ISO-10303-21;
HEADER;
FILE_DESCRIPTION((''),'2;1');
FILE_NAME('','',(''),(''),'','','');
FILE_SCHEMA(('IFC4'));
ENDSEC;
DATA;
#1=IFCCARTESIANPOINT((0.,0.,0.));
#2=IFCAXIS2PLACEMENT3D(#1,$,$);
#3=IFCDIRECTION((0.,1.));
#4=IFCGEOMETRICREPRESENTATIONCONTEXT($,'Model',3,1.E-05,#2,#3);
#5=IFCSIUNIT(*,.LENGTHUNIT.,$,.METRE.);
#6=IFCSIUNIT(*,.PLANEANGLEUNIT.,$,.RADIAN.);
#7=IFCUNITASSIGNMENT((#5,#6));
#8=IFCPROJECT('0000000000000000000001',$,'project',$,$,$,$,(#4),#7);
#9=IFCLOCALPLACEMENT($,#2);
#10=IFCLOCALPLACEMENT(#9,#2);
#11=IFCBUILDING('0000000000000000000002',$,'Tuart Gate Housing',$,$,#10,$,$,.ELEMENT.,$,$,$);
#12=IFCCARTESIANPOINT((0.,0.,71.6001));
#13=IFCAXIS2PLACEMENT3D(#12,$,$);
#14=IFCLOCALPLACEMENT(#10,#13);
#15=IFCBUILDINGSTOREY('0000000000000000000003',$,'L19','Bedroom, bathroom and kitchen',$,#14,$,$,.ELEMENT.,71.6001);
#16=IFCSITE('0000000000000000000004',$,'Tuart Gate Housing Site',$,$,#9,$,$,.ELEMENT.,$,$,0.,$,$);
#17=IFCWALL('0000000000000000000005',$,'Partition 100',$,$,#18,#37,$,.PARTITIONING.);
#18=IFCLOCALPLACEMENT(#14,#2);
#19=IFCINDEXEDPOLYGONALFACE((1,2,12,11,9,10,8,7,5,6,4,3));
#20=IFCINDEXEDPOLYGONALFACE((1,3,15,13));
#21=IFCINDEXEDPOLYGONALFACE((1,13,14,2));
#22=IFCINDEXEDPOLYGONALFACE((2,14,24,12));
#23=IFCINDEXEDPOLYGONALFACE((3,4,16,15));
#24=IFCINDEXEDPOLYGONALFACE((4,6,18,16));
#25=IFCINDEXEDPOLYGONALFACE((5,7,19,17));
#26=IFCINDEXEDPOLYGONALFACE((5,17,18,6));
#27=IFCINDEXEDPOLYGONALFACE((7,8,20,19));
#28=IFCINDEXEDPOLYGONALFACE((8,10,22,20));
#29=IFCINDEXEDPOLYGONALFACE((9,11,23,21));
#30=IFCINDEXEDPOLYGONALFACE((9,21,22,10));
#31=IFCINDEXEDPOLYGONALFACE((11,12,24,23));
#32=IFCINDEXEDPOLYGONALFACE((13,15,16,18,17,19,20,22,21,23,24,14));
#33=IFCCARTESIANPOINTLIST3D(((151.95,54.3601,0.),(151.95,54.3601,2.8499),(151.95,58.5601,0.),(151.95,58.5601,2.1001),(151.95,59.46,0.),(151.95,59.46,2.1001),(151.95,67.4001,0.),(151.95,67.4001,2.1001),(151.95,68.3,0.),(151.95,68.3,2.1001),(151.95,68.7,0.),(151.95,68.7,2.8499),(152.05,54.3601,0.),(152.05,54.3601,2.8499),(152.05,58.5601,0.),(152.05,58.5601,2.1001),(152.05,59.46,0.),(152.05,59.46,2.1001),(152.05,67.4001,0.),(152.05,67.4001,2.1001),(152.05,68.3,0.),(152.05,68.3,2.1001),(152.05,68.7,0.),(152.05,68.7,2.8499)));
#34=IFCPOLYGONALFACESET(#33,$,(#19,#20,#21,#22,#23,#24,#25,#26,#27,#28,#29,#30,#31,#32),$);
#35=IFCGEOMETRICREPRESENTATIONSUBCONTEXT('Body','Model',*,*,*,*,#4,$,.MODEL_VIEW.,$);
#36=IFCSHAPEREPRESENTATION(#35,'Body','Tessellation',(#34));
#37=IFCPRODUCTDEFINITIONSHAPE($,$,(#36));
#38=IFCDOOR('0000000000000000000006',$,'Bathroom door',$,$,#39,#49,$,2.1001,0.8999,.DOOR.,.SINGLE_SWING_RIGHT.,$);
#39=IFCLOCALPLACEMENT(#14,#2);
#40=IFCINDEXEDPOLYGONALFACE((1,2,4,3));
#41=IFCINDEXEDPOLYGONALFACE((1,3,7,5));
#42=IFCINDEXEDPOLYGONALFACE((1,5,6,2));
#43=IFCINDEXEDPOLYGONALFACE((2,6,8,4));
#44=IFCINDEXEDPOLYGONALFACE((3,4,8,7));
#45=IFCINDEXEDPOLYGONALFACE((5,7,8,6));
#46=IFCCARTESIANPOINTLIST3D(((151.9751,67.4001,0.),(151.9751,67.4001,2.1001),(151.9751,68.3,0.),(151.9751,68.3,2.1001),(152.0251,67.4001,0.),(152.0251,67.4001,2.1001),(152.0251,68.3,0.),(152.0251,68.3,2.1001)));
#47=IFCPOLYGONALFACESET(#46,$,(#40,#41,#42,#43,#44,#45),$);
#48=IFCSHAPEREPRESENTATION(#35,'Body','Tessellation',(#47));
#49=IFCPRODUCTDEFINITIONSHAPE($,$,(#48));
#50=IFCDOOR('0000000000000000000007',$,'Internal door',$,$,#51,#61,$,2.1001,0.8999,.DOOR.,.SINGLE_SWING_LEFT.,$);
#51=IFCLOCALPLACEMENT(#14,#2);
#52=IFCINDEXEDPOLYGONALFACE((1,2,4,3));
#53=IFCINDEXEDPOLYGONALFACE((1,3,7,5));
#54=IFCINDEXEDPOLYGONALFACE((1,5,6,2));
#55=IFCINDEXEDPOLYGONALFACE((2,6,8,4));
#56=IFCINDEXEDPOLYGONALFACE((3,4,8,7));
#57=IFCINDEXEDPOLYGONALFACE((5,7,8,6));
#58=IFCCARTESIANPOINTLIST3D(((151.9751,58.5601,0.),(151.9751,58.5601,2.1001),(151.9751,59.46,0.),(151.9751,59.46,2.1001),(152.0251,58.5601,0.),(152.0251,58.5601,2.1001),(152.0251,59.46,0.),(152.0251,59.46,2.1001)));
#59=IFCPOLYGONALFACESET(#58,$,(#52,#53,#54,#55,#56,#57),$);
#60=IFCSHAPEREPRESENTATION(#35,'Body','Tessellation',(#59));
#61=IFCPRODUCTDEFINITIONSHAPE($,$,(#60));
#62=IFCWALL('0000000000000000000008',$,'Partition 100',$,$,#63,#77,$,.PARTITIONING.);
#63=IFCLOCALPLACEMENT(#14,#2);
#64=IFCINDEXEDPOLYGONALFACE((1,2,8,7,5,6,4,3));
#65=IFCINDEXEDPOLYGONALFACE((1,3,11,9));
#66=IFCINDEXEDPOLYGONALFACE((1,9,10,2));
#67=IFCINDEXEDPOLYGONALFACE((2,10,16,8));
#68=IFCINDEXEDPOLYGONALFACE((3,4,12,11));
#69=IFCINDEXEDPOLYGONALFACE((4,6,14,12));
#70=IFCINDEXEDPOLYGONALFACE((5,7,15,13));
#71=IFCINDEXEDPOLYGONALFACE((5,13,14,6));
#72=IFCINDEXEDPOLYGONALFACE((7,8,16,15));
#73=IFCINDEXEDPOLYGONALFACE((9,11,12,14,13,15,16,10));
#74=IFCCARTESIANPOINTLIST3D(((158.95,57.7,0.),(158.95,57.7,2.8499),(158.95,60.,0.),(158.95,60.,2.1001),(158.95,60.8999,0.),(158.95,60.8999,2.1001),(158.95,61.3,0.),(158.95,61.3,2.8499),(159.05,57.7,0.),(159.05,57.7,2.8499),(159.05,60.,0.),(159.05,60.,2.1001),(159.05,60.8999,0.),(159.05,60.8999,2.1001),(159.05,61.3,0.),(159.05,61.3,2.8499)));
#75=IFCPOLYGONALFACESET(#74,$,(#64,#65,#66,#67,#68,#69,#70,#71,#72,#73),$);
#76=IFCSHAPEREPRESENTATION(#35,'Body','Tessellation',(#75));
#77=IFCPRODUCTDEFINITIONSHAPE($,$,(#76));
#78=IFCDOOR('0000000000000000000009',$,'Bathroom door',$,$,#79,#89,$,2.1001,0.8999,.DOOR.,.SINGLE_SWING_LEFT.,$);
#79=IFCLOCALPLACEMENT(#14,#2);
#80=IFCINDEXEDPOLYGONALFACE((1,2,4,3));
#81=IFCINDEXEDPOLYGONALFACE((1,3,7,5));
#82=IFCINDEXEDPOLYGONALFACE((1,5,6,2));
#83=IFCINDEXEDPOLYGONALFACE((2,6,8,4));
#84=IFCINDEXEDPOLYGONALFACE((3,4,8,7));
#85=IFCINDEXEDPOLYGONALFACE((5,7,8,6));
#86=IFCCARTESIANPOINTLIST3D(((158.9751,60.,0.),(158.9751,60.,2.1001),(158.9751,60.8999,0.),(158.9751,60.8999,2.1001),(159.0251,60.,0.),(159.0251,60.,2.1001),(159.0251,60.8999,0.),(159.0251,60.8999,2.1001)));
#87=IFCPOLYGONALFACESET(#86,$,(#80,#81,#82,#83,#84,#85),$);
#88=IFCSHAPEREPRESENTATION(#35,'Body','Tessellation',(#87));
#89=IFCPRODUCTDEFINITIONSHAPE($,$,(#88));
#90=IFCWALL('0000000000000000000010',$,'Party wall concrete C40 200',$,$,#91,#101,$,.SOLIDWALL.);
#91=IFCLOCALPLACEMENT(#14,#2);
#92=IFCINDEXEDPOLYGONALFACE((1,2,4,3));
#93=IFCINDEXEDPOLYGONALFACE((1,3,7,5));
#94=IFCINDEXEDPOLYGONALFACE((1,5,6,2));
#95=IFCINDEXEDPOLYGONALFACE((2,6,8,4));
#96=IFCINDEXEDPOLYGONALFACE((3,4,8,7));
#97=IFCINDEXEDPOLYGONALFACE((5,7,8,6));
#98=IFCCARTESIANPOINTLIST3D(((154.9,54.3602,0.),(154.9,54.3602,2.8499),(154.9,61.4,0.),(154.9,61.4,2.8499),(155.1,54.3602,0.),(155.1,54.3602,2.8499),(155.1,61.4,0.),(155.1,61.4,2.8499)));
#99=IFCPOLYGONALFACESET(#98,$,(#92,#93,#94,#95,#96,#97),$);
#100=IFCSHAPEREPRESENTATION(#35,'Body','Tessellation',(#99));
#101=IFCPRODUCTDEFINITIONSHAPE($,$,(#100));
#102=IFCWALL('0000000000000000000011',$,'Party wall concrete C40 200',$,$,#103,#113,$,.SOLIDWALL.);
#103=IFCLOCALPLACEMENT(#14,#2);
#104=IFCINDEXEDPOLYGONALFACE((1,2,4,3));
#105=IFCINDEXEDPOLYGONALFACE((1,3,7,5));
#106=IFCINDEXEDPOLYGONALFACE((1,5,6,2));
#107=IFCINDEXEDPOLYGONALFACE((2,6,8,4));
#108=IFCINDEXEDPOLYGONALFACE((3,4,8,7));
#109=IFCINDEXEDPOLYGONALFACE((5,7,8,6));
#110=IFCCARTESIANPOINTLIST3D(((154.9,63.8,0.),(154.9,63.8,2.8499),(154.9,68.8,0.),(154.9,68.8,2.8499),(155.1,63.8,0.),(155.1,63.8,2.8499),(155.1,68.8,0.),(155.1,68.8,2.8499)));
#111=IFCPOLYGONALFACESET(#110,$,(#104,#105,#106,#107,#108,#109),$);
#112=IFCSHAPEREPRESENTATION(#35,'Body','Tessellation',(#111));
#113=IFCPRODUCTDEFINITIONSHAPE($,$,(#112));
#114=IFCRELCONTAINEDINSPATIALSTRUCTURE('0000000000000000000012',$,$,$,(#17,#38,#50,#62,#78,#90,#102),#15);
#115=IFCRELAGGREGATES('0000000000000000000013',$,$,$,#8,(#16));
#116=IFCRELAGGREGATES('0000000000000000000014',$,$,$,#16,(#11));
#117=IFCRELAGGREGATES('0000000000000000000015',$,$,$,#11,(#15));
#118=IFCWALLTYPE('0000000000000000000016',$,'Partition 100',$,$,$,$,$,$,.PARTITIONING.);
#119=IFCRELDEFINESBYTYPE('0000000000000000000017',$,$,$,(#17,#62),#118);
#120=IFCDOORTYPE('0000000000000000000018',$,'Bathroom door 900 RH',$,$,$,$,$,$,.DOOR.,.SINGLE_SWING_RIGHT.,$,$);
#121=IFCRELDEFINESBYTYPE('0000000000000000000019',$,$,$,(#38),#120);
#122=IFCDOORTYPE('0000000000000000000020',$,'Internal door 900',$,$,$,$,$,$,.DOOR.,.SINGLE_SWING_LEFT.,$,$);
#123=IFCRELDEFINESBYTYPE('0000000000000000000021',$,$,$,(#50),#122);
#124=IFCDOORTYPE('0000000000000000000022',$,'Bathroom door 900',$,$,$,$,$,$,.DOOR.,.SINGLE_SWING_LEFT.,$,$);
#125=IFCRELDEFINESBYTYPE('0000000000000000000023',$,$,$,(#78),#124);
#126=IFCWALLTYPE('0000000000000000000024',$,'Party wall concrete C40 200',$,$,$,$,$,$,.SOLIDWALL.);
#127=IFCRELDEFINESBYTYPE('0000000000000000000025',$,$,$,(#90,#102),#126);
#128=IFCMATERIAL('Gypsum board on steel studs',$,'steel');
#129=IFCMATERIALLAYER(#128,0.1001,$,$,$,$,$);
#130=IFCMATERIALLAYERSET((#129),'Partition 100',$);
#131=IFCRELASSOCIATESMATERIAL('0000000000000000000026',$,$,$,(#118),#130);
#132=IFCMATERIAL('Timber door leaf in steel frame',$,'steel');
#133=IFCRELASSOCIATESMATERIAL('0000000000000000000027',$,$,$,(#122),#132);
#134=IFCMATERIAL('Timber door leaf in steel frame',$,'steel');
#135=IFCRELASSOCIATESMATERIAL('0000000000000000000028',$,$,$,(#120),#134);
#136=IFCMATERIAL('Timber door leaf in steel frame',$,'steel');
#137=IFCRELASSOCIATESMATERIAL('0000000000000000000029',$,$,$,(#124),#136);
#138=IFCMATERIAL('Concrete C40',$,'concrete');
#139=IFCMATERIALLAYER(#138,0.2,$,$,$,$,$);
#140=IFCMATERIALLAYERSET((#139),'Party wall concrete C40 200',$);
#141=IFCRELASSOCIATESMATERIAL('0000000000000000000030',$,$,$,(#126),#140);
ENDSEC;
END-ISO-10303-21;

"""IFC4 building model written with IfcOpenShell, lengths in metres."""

from ifc_helpers import new_model, si_unit, direction, frame, frame_2d, origin, place, context, subcontext, project, spatial, rectangle, extrude, material, layer, layer_set, type_object, element, fill, save


model = new_model("IFC4")

# Units and contexts
model_context = context("Model", 3, precision=1e-05, world=origin(), true_north=direction((0.0, 1.0)))
body_context = subcontext(model_context, "Body", "Model", "MODEL_VIEW")
ifc_project = project(units=[si_unit("LENGTHUNIT", "METRE"), si_unit("PLANEANGLEUNIT", "RADIAN")], contexts=[model_context])

# Site, building, storey
site_placement = place(None, origin())
site = spatial("IfcSite", under=ifc_project, at=site_placement, Name="Tuart Gate Housing Site", CompositionType="ELEMENT", RefElevation=0.0)
building_placement = place(site_placement, origin())
building = spatial("IfcBuilding", under=site, at=building_placement, Name="Tuart Gate Housing", CompositionType="ELEMENT")
storey_placement = place(building_placement, frame((0.0, 0.0, 71.6001)))
storey = spatial("IfcBuildingStorey", under=building, at=storey_placement, Name="L19", Description="Bedroom, bathroom and kitchen", CompositionType="ELEMENT", Elevation=71.6001)

# Shared definitions
ifc_material_1 = material(Name="Gypsum board on steel studs", Category="steel")
ifc_layer_1 = layer(ifc_material_1, 0.1001)
ifc_layer_set_1 = layer_set([ifc_layer_1], Name="Partition 100")
wall_type_1 = type_object("IfcWallType", Name="Partition 100", PredefinedType="PARTITIONING", material=ifc_layer_set_1)

# Shared definitions
ifc_material_2 = material(Name="Timber door leaf in steel frame", Category="steel")
door_type_1 = type_object("IfcDoorType", Name="Internal door 900", OperationType="SINGLE_SWING_LEFT", PredefinedType="DOOR", material=ifc_material_2)

# Wall, openings, doors
wall_1_placement = place(storey_placement, frame((152.0, 54.3601, 0.0), z_axis=(0.0, 0.0, 1.0), x_axis=(0.0, 1.0, 0.0)))
wall_1 = element("IfcWall", 1, at=wall_1_placement, inside=storey, type_object=wall_type_1, Name="Partition 100", PredefinedType="PARTITIONING", context=body_context, shape_type="SweptSolid", body=[
    extrude(rectangle(XDim=14.3398, YDim=0.1001, at=frame_2d((7.1699, 0.0))), origin(), (0.0, 0.0, 1.0), 2.8499),
])
opening_1_placement = place(wall_1_placement, frame((4.2, 0.0, 0.0)))
opening_1 = element("IfcOpeningElement", 2, at=opening_1_placement, cuts=wall_1, PredefinedType="OPENING", context=body_context, shape_type="SweptSolid", body=[
    extrude(rectangle(XDim=0.8999, YDim=2.1001, at=frame_2d((0.45, 1.05))), frame((0.0, 0.0601, 0.0), z_axis=(0.0, -1.0, 0.0), x_axis=(1.0, 0.0, 0.0)), (0.0, 0.0, 1.0), 0.1201),
])
opening_2_placement = place(wall_1_placement, frame((13.04, 0.0, 0.0)))
opening_2 = element("IfcOpeningElement", 3, at=opening_2_placement, cuts=wall_1, PredefinedType="OPENING", context=body_context, shape_type="SweptSolid", body=[
    extrude(rectangle(XDim=0.8999, YDim=2.1001, at=frame_2d((0.45, 1.05))), frame((0.0, 0.0601, 0.0), z_axis=(0.0, -1.0, 0.0), x_axis=(1.0, 0.0, 0.0)), (0.0, 0.0, 1.0), 0.1201),
])
ifc_material_3 = material(Name="Timber door leaf in steel frame", Category="steel")
door_type_2 = type_object("IfcDoorType", Name="Bathroom door 900 RH", OperationType="SINGLE_SWING_RIGHT", PredefinedType="DOOR", material=ifc_material_3)
door_1_placement = place(opening_2_placement, origin())
door_1 = element("IfcDoor", 4, at=door_1_placement, inside=storey, type_object=door_type_2, Name="Bathroom door", OperationType="SINGLE_SWING_RIGHT", OverallHeight=2.1001, OverallWidth=0.8999, PredefinedType="DOOR", context=body_context, shape_type="SweptSolid", body=[
    extrude(rectangle(XDim=0.8999, YDim=2.1001, at=frame_2d((0.45, 1.05))), frame((0.0, 0.0249, 0.0), z_axis=(0.0, -1.0, 0.0), x_axis=(1.0, 0.0, 0.0)), (0.0, 0.0, 1.0), 0.05),
])
fill(opening_2, door_1)
door_2_placement = place(opening_1_placement, origin())
door_2 = element("IfcDoor", 5, at=door_2_placement, inside=storey, type_object=door_type_1, Name="Internal door", OperationType="SINGLE_SWING_LEFT", OverallHeight=2.1001, OverallWidth=0.8999, PredefinedType="DOOR", context=body_context, shape_type="SweptSolid", body=[
    extrude(rectangle(XDim=0.8999, YDim=2.1001, at=frame_2d((0.45, 1.05))), frame((0.0, 0.0249, 0.0), z_axis=(0.0, -1.0, 0.0), x_axis=(1.0, 0.0, 0.0)), (0.0, 0.0, 1.0), 0.05),
])
fill(opening_1, door_2)

# Wall, opening, door
wall_2_placement = place(storey_placement, frame((159.0, 57.7, 0.0), z_axis=(0.0, 0.0, 1.0), x_axis=(0.0, 1.0, 0.0)))
wall_2 = element("IfcWall", 6, at=wall_2_placement, inside=storey, type_object=wall_type_1, Name="Partition 100", PredefinedType="PARTITIONING", context=body_context, shape_type="SweptSolid", body=[
    extrude(rectangle(XDim=3.6001, YDim=0.1001, at=frame_2d((1.8, 0.0))), origin(), (0.0, 0.0, 1.0), 2.8499),
])
opening_3_placement = place(wall_2_placement, frame((2.3, 0.0, 0.0)))
opening_3 = element("IfcOpeningElement", 7, at=opening_3_placement, cuts=wall_2, PredefinedType="OPENING", context=body_context, shape_type="SweptSolid", body=[
    extrude(rectangle(XDim=0.8999, YDim=2.1001, at=frame_2d((0.45, 1.05))), frame((0.0, 0.0601, 0.0), z_axis=(0.0, -1.0, 0.0), x_axis=(1.0, 0.0, 0.0)), (0.0, 0.0, 1.0), 0.1201),
])
ifc_material_4 = material(Name="Timber door leaf in steel frame", Category="steel")
door_type_3 = type_object("IfcDoorType", Name="Bathroom door 900", OperationType="SINGLE_SWING_LEFT", PredefinedType="DOOR", material=ifc_material_4)
door_3_placement = place(opening_3_placement, frame((0.8999, 0.0, 0.0), z_axis=(0.0, 0.0, 1.0), x_axis=(-1.0, 0.0, 0.0)))
door_3 = element("IfcDoor", 8, at=door_3_placement, inside=storey, type_object=door_type_3, Name="Bathroom door", OperationType="SINGLE_SWING_LEFT", OverallHeight=2.1001, OverallWidth=0.8999, PredefinedType="DOOR", context=body_context, shape_type="SweptSolid", body=[
    extrude(rectangle(XDim=0.8999, YDim=2.1001, at=frame_2d((0.45, 1.05))), frame((0.0, 0.0251, 0.0), z_axis=(0.0, -1.0, 0.0), x_axis=(1.0, 0.0, 0.0)), (0.0, 0.0, 1.0), 0.05),
])
fill(opening_3, door_3)

# Walls
ifc_material_5 = material(Name="Concrete C40", Category="concrete")
ifc_layer_2 = layer(ifc_material_5, 0.2)
ifc_layer_set_2 = layer_set([ifc_layer_2], Name="Party wall concrete C40 200")
wall_type_2 = type_object("IfcWallType", Name="Party wall concrete C40 200", PredefinedType="SOLIDWALL", material=ifc_layer_set_2)
wall_3_placement = place(storey_placement, frame((155.0, 54.3601, 0.0), z_axis=(0.0, 0.0, 1.0), x_axis=(0.0, 1.0, 0.0)))
element("IfcWall", 9, at=wall_3_placement, inside=storey, type_object=wall_type_2, Name="Party wall concrete C40 200", PredefinedType="SOLIDWALL", context=body_context, shape_type="SweptSolid", body=[
    extrude(rectangle(XDim=7.0398, YDim=0.2, at=frame_2d((3.52, 0.0))), origin(), (0.0, 0.0, 1.0), 2.8499),
])
wall_4_placement = place(storey_placement, frame((155.0, 63.8, 0.0), z_axis=(0.0, 0.0, 1.0), x_axis=(0.0, 1.0, 0.0)))
element("IfcWall", 10, at=wall_4_placement, inside=storey, type_object=wall_type_2, Name="Party wall concrete C40 200", PredefinedType="SOLIDWALL", context=body_context, shape_type="SweptSolid", body=[
    extrude(rectangle(XDim=5.0, YDim=0.2, at=frame_2d((2.5, 0.0))), origin(), (0.0, 0.0, 1.0), 2.8499),
])

save(model, "model.ifc")
